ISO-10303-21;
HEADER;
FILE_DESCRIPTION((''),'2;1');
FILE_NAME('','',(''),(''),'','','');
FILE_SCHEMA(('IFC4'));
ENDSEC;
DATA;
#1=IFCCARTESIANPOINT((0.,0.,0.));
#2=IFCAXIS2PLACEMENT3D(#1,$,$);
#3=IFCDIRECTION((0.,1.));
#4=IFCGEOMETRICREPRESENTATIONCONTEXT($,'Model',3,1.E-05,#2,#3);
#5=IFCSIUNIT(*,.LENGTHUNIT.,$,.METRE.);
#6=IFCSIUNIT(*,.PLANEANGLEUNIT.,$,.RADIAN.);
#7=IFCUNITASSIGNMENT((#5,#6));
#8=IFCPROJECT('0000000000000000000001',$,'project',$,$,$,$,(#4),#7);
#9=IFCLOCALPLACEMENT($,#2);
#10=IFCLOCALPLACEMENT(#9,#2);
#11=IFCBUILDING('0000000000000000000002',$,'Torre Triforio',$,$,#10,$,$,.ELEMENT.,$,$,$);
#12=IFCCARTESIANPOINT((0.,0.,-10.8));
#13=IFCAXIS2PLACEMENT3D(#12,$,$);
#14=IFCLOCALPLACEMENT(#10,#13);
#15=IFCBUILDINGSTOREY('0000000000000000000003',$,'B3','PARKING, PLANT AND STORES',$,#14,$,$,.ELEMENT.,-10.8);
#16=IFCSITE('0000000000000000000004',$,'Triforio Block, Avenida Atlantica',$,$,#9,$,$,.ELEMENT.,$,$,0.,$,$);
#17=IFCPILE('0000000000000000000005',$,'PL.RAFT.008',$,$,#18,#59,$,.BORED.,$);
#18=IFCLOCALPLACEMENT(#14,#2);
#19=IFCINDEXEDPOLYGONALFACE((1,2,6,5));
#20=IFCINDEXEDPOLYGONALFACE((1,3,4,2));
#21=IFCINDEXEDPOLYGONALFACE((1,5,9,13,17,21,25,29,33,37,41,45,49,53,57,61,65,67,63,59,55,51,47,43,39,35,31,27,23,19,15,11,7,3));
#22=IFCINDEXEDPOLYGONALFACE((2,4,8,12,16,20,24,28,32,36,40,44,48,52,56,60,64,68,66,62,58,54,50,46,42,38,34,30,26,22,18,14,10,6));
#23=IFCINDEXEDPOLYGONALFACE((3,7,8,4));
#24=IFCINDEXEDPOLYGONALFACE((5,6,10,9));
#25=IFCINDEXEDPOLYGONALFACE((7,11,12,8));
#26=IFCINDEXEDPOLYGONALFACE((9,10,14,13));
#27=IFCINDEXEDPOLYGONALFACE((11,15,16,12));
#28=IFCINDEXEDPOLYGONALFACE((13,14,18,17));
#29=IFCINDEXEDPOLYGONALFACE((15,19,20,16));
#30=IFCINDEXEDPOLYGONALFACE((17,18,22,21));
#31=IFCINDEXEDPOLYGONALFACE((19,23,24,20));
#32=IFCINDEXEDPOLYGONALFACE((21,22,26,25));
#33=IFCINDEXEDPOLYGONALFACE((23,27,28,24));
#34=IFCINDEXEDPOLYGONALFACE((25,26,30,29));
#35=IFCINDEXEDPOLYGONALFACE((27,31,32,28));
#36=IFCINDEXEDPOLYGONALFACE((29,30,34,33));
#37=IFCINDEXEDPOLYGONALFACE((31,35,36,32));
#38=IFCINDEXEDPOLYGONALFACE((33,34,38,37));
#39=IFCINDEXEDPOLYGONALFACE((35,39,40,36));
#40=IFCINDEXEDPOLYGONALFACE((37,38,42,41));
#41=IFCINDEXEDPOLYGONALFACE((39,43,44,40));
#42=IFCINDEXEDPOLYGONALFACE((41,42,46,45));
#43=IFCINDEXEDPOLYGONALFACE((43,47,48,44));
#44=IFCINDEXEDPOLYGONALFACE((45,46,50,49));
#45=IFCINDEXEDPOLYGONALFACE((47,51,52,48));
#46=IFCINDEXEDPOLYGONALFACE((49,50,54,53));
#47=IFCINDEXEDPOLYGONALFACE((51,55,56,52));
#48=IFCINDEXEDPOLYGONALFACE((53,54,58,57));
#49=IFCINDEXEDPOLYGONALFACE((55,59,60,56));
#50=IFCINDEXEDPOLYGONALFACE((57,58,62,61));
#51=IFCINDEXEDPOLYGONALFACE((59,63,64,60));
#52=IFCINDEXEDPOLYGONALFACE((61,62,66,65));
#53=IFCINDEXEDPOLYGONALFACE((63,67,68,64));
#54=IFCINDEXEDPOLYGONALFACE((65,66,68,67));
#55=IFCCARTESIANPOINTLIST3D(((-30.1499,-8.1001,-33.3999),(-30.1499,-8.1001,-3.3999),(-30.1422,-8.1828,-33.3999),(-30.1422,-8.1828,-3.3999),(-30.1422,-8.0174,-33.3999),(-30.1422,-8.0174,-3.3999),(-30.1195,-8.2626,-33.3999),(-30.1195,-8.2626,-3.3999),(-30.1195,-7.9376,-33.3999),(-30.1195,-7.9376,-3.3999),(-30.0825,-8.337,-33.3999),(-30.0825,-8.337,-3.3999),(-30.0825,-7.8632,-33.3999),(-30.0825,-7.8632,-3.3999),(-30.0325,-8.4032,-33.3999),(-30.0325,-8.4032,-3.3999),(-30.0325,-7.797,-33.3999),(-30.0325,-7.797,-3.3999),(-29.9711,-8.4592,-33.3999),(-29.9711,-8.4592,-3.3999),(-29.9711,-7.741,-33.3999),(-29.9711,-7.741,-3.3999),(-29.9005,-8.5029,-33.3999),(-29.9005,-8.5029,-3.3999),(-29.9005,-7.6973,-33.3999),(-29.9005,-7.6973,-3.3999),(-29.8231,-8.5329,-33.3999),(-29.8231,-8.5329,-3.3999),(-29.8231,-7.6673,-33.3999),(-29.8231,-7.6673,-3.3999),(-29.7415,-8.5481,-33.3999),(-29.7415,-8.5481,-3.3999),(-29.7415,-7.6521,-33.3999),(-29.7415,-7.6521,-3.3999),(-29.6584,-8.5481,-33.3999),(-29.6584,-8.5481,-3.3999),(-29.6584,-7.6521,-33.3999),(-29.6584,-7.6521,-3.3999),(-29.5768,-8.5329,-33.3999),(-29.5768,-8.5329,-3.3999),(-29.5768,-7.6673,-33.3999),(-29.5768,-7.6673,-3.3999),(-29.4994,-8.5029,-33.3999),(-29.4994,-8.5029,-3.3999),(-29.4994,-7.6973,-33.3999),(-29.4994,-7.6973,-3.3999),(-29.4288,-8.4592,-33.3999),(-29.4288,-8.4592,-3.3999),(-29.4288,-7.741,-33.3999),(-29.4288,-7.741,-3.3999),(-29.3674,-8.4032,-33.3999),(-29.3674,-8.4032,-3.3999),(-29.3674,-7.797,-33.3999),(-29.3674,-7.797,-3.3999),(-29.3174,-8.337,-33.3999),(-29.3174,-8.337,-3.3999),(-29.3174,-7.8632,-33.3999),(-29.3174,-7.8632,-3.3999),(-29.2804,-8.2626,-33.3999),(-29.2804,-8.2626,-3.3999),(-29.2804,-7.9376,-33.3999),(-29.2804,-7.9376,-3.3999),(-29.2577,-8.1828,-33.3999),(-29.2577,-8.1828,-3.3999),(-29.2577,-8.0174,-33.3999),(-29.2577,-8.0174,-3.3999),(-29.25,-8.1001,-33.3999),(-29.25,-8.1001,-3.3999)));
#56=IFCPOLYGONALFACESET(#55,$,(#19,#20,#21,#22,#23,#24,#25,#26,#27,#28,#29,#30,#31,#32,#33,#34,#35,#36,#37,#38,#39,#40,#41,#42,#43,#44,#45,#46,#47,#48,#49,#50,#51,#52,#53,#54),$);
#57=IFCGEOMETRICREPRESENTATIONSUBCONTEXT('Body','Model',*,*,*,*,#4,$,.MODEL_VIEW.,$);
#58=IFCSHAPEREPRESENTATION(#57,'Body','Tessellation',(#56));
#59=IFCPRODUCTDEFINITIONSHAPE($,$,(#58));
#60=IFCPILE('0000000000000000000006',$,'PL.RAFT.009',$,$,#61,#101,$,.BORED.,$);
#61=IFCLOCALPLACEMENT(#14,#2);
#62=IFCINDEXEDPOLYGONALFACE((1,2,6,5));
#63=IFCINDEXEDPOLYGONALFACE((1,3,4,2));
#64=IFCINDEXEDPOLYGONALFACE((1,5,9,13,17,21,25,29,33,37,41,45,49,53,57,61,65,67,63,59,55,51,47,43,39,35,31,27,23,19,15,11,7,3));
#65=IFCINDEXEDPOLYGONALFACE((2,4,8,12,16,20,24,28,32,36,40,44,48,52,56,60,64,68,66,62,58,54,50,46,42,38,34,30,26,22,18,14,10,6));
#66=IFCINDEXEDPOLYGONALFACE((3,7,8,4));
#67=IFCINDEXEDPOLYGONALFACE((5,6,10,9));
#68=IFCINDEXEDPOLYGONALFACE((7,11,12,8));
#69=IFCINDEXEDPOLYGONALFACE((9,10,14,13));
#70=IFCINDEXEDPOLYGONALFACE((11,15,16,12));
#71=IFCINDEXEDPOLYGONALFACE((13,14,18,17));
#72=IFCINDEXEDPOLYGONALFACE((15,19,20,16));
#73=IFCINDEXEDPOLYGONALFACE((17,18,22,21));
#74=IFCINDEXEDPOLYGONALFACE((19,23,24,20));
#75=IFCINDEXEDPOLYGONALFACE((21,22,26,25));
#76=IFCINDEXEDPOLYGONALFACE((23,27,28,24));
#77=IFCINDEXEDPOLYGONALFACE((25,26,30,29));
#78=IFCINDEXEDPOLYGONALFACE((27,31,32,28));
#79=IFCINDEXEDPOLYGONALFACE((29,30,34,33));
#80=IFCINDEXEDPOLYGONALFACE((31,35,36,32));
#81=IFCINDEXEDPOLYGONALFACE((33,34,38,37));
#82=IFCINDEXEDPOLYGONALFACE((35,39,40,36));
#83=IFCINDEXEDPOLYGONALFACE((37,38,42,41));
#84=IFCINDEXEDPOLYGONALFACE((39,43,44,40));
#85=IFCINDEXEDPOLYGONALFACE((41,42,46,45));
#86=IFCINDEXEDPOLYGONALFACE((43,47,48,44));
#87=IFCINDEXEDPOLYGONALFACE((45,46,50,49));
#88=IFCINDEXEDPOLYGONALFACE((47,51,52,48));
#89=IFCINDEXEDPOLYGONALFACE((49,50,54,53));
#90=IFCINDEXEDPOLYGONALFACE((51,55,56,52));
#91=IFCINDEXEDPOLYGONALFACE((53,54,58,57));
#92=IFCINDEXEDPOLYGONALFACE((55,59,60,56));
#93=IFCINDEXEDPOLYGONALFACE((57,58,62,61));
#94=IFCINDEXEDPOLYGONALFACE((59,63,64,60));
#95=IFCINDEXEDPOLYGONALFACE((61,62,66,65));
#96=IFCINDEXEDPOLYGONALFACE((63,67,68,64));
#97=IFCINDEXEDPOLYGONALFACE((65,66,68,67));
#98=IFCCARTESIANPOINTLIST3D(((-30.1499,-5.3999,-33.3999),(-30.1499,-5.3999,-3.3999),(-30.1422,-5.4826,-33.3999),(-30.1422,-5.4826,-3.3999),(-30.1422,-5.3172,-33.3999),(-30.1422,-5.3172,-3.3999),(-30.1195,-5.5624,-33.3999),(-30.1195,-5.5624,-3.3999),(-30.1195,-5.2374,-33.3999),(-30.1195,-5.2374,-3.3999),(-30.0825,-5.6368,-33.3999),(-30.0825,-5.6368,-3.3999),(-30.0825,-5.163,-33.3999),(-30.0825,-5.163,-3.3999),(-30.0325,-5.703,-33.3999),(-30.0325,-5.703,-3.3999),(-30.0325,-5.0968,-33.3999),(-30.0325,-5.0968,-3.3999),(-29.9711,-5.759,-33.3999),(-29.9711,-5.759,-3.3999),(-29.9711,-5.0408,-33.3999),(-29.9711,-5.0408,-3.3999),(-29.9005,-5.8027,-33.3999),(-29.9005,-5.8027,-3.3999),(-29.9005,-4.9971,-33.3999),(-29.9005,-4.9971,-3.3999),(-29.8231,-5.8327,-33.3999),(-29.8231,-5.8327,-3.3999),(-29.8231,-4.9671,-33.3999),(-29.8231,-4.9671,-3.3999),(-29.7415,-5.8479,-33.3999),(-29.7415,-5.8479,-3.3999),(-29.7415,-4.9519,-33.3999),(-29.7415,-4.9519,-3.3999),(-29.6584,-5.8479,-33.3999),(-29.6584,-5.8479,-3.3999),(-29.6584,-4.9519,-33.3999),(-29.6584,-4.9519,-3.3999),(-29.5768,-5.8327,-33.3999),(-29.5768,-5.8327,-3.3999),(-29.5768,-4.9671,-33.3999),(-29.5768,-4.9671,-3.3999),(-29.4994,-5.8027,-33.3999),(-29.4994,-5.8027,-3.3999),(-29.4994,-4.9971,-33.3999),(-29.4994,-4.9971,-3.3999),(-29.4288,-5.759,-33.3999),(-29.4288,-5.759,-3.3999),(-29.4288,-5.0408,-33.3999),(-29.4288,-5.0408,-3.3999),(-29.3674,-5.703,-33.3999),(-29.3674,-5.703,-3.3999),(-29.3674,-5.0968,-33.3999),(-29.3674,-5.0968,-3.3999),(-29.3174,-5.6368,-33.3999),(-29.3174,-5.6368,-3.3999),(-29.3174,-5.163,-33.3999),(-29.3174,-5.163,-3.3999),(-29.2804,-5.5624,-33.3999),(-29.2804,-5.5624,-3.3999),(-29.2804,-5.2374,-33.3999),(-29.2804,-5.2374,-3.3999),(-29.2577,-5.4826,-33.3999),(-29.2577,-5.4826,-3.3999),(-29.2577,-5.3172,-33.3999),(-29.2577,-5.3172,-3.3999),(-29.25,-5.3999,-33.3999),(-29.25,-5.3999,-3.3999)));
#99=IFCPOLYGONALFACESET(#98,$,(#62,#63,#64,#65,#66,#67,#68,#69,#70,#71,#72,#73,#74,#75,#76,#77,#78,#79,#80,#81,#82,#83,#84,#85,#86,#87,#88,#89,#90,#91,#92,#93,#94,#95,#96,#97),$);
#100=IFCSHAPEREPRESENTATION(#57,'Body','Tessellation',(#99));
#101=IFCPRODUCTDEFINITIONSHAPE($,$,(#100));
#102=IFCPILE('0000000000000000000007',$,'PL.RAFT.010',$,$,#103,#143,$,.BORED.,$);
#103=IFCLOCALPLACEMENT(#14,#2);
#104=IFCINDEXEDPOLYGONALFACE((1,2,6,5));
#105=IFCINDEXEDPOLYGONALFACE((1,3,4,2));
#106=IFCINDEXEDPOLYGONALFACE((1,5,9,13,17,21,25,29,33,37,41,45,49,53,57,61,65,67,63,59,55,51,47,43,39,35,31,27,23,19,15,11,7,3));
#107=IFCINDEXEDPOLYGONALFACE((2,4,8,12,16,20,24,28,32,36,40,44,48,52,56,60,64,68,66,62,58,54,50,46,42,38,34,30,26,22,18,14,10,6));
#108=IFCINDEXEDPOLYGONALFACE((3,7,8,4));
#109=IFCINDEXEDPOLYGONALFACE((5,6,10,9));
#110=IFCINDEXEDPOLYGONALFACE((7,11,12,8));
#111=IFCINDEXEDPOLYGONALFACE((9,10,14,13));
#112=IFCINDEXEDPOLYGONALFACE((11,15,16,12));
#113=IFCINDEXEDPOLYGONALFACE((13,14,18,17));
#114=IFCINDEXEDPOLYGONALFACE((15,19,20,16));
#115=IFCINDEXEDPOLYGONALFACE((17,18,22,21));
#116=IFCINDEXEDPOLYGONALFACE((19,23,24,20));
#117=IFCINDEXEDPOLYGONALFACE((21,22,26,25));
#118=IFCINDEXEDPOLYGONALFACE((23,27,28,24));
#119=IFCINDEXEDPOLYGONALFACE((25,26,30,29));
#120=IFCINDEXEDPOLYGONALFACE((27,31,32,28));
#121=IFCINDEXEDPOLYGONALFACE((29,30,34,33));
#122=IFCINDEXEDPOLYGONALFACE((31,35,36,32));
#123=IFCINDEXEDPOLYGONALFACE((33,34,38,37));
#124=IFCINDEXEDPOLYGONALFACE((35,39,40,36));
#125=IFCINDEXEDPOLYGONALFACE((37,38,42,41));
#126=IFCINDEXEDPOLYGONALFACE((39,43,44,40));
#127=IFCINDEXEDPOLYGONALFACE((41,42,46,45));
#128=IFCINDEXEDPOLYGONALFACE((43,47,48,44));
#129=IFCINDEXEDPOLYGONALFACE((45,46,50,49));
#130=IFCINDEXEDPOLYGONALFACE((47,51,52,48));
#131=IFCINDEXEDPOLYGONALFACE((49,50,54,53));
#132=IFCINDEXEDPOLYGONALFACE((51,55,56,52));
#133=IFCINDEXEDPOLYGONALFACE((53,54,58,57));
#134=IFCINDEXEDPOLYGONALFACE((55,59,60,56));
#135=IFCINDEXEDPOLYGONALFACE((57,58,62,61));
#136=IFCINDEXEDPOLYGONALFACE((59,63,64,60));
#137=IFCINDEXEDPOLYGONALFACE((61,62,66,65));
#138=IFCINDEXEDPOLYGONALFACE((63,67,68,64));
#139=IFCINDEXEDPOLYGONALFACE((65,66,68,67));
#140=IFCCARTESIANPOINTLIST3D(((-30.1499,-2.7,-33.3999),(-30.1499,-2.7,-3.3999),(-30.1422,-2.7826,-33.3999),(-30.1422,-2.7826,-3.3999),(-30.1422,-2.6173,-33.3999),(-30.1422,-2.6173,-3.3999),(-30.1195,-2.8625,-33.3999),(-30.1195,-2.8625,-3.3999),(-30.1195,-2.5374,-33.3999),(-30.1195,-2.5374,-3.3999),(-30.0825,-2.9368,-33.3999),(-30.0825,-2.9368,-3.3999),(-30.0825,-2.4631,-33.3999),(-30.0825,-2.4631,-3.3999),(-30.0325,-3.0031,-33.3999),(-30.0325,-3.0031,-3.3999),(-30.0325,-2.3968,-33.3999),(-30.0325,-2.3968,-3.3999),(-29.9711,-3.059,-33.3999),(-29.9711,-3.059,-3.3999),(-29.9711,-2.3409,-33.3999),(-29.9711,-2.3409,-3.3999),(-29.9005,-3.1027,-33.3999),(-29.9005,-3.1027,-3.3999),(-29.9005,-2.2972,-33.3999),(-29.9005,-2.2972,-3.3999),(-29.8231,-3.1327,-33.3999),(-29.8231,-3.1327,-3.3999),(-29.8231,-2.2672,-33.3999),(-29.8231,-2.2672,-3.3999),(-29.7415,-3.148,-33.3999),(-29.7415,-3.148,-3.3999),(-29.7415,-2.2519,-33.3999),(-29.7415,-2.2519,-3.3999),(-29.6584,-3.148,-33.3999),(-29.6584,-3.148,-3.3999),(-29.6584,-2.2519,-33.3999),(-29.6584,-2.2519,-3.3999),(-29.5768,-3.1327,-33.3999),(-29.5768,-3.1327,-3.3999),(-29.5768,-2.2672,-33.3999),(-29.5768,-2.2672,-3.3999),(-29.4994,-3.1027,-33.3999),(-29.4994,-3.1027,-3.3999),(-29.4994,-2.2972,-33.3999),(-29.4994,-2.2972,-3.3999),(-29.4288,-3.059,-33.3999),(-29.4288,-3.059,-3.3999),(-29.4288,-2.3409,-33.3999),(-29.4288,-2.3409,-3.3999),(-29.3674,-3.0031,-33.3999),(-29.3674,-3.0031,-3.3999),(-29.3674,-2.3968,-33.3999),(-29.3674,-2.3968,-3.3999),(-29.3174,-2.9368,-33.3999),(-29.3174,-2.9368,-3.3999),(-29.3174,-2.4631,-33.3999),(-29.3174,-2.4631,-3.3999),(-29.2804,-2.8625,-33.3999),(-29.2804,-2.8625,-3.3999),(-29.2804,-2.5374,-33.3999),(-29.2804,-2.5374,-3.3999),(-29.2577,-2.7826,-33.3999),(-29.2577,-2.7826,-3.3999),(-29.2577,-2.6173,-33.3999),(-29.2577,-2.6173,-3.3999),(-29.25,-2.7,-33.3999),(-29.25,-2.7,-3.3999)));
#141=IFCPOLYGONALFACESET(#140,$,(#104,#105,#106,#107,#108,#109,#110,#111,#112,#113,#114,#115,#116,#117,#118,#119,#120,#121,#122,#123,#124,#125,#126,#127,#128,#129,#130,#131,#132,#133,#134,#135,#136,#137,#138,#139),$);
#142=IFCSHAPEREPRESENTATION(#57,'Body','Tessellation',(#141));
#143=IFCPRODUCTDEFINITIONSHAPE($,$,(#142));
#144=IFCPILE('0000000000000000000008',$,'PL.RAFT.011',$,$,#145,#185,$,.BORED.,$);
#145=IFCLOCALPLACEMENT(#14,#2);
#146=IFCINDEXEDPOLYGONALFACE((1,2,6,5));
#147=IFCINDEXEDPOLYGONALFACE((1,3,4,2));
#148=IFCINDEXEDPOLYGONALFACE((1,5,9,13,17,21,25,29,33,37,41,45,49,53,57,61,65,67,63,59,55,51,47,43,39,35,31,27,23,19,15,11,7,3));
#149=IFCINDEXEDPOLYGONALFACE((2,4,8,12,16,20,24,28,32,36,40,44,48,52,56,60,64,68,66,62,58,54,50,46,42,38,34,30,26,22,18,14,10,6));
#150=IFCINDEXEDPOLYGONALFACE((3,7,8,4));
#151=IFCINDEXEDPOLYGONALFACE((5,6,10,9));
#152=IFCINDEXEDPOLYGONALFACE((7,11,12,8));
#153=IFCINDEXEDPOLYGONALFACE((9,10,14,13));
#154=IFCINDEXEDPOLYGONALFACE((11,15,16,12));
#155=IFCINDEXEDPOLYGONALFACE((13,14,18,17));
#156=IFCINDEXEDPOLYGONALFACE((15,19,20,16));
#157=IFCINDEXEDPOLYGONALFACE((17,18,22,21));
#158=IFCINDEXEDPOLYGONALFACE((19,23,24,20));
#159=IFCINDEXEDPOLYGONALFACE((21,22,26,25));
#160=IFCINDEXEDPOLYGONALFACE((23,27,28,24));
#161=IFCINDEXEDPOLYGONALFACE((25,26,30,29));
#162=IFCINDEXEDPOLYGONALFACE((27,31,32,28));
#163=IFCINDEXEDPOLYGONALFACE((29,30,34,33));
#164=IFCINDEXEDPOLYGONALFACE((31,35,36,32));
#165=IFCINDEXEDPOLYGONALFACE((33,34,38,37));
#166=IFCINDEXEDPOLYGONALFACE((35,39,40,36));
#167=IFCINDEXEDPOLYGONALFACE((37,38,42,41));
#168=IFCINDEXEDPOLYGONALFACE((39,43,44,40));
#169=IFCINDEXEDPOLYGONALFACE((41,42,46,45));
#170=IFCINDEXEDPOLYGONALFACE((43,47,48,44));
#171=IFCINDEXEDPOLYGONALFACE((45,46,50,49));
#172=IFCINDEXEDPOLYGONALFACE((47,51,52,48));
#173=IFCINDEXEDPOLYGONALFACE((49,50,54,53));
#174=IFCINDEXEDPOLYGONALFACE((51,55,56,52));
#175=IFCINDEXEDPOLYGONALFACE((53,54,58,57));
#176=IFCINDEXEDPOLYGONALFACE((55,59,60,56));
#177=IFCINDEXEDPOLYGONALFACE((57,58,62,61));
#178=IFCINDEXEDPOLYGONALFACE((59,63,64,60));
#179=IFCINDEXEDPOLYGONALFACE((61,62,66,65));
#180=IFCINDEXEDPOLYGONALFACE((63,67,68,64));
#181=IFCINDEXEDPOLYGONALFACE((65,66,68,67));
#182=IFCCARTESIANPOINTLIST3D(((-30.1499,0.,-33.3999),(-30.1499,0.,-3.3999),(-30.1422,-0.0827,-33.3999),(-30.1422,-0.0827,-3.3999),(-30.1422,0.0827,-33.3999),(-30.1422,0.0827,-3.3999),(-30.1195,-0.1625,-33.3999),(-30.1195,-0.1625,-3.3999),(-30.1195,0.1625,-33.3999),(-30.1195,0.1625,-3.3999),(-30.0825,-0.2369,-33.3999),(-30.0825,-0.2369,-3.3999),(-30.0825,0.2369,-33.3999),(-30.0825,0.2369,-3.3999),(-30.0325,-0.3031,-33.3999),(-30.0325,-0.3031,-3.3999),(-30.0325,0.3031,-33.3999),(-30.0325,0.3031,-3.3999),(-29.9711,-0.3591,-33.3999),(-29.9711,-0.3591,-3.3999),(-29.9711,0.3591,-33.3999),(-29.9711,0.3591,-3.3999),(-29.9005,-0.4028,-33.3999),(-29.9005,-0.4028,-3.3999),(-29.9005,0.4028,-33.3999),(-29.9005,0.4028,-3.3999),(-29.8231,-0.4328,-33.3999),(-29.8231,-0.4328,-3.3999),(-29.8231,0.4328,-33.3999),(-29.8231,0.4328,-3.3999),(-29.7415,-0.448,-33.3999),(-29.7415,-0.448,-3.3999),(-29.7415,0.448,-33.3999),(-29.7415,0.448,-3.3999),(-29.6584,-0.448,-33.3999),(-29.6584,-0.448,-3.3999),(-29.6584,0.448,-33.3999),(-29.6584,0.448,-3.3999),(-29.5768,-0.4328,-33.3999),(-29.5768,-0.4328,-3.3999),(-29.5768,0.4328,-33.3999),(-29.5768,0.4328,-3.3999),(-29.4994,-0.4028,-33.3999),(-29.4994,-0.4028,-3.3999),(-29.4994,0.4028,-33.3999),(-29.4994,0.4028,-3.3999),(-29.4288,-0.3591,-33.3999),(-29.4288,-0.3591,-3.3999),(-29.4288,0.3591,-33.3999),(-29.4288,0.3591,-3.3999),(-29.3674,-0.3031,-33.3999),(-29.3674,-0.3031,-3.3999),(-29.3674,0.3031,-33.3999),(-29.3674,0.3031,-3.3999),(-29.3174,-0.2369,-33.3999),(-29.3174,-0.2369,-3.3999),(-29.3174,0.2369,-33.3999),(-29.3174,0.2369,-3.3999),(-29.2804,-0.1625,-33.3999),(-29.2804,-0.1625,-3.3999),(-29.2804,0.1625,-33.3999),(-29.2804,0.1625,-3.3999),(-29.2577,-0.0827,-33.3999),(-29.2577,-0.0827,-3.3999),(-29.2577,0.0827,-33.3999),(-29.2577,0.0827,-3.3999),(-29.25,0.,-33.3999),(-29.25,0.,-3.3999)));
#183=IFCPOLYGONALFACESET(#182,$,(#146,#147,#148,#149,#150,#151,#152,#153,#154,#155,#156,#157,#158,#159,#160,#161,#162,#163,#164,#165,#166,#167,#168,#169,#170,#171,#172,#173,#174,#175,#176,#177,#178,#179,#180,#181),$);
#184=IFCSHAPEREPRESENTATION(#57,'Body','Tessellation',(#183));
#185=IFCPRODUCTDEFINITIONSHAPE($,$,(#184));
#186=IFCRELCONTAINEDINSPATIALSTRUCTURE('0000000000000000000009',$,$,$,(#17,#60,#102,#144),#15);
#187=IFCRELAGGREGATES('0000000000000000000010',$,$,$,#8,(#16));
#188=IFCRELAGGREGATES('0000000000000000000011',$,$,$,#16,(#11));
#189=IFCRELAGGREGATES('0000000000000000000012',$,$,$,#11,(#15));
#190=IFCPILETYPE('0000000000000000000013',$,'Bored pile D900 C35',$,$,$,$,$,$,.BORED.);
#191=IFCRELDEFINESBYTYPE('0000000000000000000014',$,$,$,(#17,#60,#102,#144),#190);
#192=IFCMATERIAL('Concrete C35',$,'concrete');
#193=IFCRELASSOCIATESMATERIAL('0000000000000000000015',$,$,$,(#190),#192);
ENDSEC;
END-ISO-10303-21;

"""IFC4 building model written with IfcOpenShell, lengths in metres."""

from ifc_helpers import new_model, si_unit, direction, frame, origin, origin_2d, place, context, subcontext, project, spatial, circle, extrude, material, material_profile, profile_set, type_object, element, save


model = new_model("IFC4")

# Units and contexts
model_context = context("Model", 3, precision=1e-05, world=origin(), true_north=direction((0.0, 1.0)))
body_context = subcontext(model_context, "Body", "Model", "MODEL_VIEW")
ifc_project = project(units=[si_unit("LENGTHUNIT", "METRE"), si_unit("PLANEANGLEUNIT", "RADIAN")], contexts=[model_context])

# Site, building, storey
site_placement = place(None, origin())
site = spatial("IfcSite", under=ifc_project, at=site_placement, Name="Triforio Block, Avenida Atlantica", CompositionType="ELEMENT", RefElevation=0.0)
building_placement = place(site_placement, origin())
building = spatial("IfcBuilding", under=site, at=building_placement, Name="Torre Triforio", CompositionType="ELEMENT")
storey_placement = place(building_placement, frame((0.0, 0.0, -10.8)))
storey = spatial("IfcBuildingStorey", under=building, at=storey_placement, Name="B3", Description="PARKING, PLANT AND STORES", CompositionType="ELEMENT", Elevation=-10.8)

# Piles
ifc_material_1 = material(Name="Concrete C35", Category="concrete")
ifc_material_profile_1 = material_profile(ifc_material_1, circle(Radius=0.45, at=origin_2d()), Name="RC D900")
ifc_profile_set_1 = profile_set([ifc_material_profile_1], Name="Concrete C35")
pile_type = type_object("IfcPileType", Name="Bored pile D900 C35", PredefinedType="BORED", material=ifc_profile_set_1)
for number, where, z_axis, x_axis, name in (
    (1, (-29.7, -8.1001, -3.3999), (0.0, 0.0, -1.0), (1.0, 0.0, 0.0), "PL.RAFT.008"),
    (2, (-29.7, -5.3999, -3.3999), (0.0, 0.0, -1.0), (1.0, 0.0, 0.0), "PL.RAFT.009"),
    (3, (-29.7, -2.7, -3.3999), (0.0, 0.0, -1.0), (1.0, 0.0, 0.0), "PL.RAFT.010"),
    (4, (-29.7, 0.0, -3.3999), (0.0, 0.0, -1.0), (1.0, 0.0, 0.0), "PL.RAFT.011"),
):
    element("IfcPile", number, at=place(storey_placement, frame(where, z_axis=z_axis, x_axis=x_axis)), inside=storey, type_object=pile_type, Name=name, PredefinedType="BORED", context=body_context, shape_type="SweptSolid", body=[
        extrude(circle(Radius=0.45, at=origin_2d()), origin(), (0.0, 0.0, 1.0), 30.0),
    ])

save(model, "model.ifc")
